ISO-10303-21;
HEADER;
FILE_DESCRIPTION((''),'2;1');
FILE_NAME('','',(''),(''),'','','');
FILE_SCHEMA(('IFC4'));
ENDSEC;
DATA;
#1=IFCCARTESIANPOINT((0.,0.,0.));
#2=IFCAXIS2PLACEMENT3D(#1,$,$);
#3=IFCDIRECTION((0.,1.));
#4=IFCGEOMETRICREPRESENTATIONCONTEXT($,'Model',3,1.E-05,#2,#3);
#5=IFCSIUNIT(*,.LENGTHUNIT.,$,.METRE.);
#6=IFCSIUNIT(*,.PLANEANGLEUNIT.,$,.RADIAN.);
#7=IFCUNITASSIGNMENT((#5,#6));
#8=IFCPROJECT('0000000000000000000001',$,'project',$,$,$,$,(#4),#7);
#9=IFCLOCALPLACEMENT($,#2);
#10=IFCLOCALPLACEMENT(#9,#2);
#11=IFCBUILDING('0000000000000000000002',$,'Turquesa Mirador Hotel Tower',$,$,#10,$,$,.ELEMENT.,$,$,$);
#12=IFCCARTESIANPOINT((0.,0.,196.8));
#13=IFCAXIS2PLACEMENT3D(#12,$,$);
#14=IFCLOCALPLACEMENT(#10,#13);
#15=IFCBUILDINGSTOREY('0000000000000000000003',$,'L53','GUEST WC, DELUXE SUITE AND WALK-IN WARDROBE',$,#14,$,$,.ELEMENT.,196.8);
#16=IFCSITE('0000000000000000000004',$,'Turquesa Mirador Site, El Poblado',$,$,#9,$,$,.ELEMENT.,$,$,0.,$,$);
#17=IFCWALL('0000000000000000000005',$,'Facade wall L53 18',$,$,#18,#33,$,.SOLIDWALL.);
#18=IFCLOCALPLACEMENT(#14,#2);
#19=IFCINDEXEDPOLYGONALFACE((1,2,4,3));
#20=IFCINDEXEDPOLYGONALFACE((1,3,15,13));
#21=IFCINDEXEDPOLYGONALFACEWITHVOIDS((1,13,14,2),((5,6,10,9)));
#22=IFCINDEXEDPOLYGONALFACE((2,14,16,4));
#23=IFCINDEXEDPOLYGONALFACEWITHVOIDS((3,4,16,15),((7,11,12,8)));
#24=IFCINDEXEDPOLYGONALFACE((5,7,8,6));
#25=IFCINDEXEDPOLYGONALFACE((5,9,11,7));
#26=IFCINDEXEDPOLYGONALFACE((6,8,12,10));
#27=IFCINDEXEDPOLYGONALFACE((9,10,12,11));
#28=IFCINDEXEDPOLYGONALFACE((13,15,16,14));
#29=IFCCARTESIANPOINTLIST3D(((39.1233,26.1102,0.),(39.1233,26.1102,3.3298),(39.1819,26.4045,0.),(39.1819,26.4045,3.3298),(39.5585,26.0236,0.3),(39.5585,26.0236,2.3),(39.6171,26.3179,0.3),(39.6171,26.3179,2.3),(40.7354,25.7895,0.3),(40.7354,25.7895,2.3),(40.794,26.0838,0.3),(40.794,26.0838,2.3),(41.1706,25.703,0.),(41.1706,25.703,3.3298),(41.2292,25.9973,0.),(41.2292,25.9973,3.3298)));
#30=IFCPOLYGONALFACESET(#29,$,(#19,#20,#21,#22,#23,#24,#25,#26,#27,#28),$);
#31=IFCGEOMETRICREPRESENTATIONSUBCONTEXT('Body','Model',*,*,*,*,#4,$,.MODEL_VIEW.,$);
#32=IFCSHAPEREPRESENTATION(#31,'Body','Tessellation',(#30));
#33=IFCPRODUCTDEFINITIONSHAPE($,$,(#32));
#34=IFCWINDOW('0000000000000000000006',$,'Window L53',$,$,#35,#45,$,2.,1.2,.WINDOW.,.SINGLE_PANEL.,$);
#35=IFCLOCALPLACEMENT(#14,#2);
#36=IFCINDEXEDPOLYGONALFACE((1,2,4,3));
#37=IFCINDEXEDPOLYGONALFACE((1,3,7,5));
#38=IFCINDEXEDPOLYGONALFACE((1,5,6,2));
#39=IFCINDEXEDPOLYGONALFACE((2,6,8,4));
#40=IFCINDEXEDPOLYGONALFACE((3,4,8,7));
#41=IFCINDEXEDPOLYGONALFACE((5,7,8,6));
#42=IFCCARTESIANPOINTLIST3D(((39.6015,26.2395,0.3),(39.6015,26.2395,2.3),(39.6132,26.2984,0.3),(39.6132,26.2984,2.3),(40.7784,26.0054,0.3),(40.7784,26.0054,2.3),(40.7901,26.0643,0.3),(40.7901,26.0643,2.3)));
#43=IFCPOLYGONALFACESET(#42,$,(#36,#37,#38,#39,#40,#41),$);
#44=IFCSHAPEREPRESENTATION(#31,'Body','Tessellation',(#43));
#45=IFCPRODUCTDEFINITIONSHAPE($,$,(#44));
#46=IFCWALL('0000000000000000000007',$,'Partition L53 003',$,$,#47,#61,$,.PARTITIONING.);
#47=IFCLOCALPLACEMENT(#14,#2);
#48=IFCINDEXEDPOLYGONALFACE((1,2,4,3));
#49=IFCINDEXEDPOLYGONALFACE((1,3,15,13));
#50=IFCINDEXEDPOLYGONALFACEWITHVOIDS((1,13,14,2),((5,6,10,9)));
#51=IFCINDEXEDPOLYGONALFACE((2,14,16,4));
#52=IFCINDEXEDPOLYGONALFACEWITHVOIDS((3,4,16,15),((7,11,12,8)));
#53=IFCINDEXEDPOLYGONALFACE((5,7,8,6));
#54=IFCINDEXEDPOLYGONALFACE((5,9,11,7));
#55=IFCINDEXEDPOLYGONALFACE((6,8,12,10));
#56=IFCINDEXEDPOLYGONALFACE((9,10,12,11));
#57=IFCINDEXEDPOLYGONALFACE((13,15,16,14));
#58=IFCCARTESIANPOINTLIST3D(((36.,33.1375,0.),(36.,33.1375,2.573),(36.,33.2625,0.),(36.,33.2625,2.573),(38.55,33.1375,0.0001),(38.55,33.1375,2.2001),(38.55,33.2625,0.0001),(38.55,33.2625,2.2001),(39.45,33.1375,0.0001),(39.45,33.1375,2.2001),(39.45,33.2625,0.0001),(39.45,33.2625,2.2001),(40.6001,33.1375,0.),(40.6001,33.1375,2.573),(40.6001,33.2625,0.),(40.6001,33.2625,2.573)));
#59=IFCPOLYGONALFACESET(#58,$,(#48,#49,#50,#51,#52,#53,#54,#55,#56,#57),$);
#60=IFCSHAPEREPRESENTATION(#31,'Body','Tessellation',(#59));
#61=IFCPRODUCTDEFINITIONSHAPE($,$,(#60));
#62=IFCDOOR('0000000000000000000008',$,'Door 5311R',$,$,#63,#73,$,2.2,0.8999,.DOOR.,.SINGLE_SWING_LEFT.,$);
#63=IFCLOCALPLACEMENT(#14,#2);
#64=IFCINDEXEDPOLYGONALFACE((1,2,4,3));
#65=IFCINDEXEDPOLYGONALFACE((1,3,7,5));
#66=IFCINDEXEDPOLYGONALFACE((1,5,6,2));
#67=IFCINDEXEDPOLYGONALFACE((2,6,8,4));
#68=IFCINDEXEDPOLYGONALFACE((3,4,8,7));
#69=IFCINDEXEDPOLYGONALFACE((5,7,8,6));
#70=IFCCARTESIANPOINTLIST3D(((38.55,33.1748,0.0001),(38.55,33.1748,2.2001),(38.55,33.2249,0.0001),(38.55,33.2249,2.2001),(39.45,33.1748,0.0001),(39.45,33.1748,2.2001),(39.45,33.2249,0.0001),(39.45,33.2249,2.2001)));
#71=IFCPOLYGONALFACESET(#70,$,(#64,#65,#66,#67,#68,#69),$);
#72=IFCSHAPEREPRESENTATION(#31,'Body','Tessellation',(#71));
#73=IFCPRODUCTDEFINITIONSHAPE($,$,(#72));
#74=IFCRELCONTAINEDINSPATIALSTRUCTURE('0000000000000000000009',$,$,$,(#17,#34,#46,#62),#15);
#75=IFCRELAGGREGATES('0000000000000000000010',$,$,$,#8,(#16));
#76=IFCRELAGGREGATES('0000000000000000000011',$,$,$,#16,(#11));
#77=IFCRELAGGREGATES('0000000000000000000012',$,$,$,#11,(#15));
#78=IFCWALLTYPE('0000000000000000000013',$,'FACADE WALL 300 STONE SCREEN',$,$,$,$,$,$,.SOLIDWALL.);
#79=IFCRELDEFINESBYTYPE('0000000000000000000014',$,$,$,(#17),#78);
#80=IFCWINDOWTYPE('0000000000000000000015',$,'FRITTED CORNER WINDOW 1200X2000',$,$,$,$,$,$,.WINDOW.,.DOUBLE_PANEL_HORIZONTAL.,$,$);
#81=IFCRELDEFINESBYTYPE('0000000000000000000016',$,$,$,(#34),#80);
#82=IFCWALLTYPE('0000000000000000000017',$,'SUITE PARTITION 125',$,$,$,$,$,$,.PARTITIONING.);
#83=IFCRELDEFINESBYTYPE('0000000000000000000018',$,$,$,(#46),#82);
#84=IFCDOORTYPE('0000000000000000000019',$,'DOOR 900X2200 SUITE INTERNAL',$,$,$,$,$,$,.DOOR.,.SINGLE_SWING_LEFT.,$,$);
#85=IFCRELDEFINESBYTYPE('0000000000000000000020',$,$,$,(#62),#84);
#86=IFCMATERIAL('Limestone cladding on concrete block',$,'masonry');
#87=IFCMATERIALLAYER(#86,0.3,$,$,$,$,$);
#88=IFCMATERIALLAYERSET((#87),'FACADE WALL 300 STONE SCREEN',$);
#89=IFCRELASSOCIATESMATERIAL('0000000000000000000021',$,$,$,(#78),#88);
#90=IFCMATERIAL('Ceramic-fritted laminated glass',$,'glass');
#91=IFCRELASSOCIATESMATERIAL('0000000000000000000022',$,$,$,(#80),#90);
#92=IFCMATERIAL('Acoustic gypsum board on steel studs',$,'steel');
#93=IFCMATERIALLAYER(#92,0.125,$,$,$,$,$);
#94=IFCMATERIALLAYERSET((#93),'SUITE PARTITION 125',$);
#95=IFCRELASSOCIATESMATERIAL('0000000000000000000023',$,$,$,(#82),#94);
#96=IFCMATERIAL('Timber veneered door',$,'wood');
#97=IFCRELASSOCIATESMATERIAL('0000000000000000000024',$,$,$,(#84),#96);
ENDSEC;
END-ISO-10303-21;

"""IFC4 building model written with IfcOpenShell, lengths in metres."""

from ifc_helpers import new_model, si_unit, direction, frame, frame_2d, origin, place, context, subcontext, project, spatial, rectangle, extrude, material, layer, layer_set, type_object, element, fill, save


model = new_model("IFC4")

# Units and contexts
model_context = context("Model", 3, precision=1e-05, world=origin(), true_north=direction((0.0, 1.0)))
body_context = subcontext(model_context, "Body", "Model", "MODEL_VIEW")
ifc_project = project(units=[si_unit("LENGTHUNIT", "METRE"), si_unit("PLANEANGLEUNIT", "RADIAN")], contexts=[model_context])

# Site, building, storey
site_placement = place(None, origin())
site = spatial("IfcSite", under=ifc_project, at=site_placement, Name="Turquesa Mirador Site, El Poblado", CompositionType="ELEMENT", RefElevation=0.0)
building_placement = place(site_placement, origin())
building = spatial("IfcBuilding", under=site, at=building_placement, Name="Turquesa Mirador Hotel Tower", CompositionType="ELEMENT")
storey_placement = place(building_placement, frame((0.0, 0.0, 196.8)))
storey = spatial("IfcBuildingStorey", under=building, at=storey_placement, Name="L53", Description="GUEST WC, DELUXE SUITE AND WALK-IN WARDROBE", CompositionType="ELEMENT", Elevation=196.8)

# Wall, opening, window
ifc_material_1 = material(Name="Limestone cladding on concrete block", Category="masonry")
ifc_layer_1 = layer(ifc_material_1, 0.3)
ifc_layer_set_1 = layer_set([ifc_layer_1], Name="FACADE WALL 300 STONE SCREEN")
wall_type_1 = type_object("IfcWallType", Name="FACADE WALL 300 STONE SCREEN", PredefinedType="SOLIDWALL", material=ifc_layer_set_1)
ifc_material_2 = material(Name="Ceramic-fritted laminated glass", Category="glass")
window_type = type_object("IfcWindowType", Name="FRITTED CORNER WINDOW 1200X2000", PartitioningType="DOUBLE_PANEL_HORIZONTAL", PredefinedType="WINDOW", material=ifc_material_2)
wall_1_placement = place(storey_placement, frame((39.1526, 26.2573, 0.0), z_axis=(0.0, 0.0, 1.0), x_axis=(0.980787, -0.195081, 0.0)))
wall_1 = element("IfcWall", 1, at=wall_1_placement, inside=storey, type_object=wall_type_1, Name="Facade wall L53 18", PredefinedType="SOLIDWALL", context=body_context, shape_type="SweptSolid", body=[
    extrude(rectangle(XDim=2.0874, YDim=0.3, at=frame_2d((1.0437, 0.0))), origin(), (0.0, 0.0, 1.0), 3.3298),
])
opening_1_placement = place(wall_1_placement, frame((0.4436, 0.0, 0.3)))
opening_1 = element("IfcOpeningElement", 2, at=opening_1_placement, cuts=wall_1, PredefinedType="OPENING", context=body_context, shape_type="SweptSolid", body=[
    extrude(rectangle(XDim=1.2, YDim=2.0, at=frame_2d((0.6001, 1.0))), frame((0.0, 0.1599, 0.0), z_axis=(0.0, -1.0, 0.0), x_axis=(1.0, 0.0, 0.0)), (0.0, 0.0, 1.0), 0.3201),
])
window_1_placement = place(opening_1_placement, origin())
window_1 = element("IfcWindow", 3, at=window_1_placement, inside=storey, type_object=window_type, Name="Window L53", OverallHeight=2.0, OverallWidth=1.2, PartitioningType="SINGLE_PANEL", PredefinedType="WINDOW", context=body_context, shape_type="SweptSolid", body=[
    extrude(rectangle(XDim=1.2, YDim=2.0, at=frame_2d((0.6001, 1.0))), frame((0.0, 0.1301, 0.0), z_axis=(0.0, -1.0, 0.0), x_axis=(1.0, 0.0, 0.0)), (0.0, 0.0, 1.0), 0.0601),
])
fill(opening_1, window_1)

# Wall, opening, door
ifc_material_3 = material(Name="Acoustic gypsum board on steel studs", Category="steel")
ifc_layer_2 = layer(ifc_material_3, 0.125)
ifc_layer_set_2 = layer_set([ifc_layer_2], Name="SUITE PARTITION 125")
wall_type_2 = type_object("IfcWallType", Name="SUITE PARTITION 125", PredefinedType="PARTITIONING", material=ifc_layer_set_2)
wall_2_placement = place(storey_placement, frame((36.0, 33.2, 0.0), z_axis=(0.0, 0.0, 1.0), x_axis=(1.0, 0.0, 0.0)))
wall_2 = element("IfcWall", 4, at=wall_2_placement, inside=storey, type_object=wall_type_2, Name="Partition L53 003", PredefinedType="PARTITIONING", context=body_context, shape_type="SweptSolid", body=[
    extrude(rectangle(XDim=4.6001, YDim=0.125, at=frame_2d((2.3, 0.0))), origin(), (0.0, 0.0, 1.0), 2.573),
])
opening_2_placement = place(wall_2_placement, frame((2.55, 0.0, 0.0)))
opening_2 = element("IfcOpeningElement", 5, at=opening_2_placement, cuts=wall_2, PredefinedType="OPENING", context=body_context, shape_type="SweptSolid", body=[
    extrude(rectangle(XDim=0.8999, YDim=2.2, at=frame_2d((0.45, 1.1001))), frame((0.0, 0.0725, 0.0), z_axis=(0.0, -1.0, 0.0), x_axis=(1.0, 0.0, 0.0)), (0.0, 0.0, 1.0), 0.145),
])
ifc_material_4 = material(Name="Timber veneered door", Category="wood")
door_type_1 = type_object("IfcDoorType", Name="DOOR 900X2200 SUITE INTERNAL", OperationType="SINGLE_SWING_LEFT", PredefinedType="DOOR", material=ifc_material_4)
door_1_placement = place(opening_2_placement, origin())
door_1 = element("IfcDoor", 6, at=door_1_placement, inside=storey, type_object=door_type_1, Name="Door 5311R", OperationType="SINGLE_SWING_LEFT", OverallHeight=2.2, OverallWidth=0.8999, PredefinedType="DOOR", context=body_context, shape_type="SweptSolid", body=[
    extrude(rectangle(XDim=0.8999, YDim=2.2, at=frame_2d((0.45, 1.1001))), frame((0.0, 0.0249, 0.0), z_axis=(0.0, -1.0, 0.0), x_axis=(1.0, 0.0, 0.0)), (0.0, 0.0, 1.0), 0.05),
])
fill(opening_2, door_1)

save(model, "model.ifc")
